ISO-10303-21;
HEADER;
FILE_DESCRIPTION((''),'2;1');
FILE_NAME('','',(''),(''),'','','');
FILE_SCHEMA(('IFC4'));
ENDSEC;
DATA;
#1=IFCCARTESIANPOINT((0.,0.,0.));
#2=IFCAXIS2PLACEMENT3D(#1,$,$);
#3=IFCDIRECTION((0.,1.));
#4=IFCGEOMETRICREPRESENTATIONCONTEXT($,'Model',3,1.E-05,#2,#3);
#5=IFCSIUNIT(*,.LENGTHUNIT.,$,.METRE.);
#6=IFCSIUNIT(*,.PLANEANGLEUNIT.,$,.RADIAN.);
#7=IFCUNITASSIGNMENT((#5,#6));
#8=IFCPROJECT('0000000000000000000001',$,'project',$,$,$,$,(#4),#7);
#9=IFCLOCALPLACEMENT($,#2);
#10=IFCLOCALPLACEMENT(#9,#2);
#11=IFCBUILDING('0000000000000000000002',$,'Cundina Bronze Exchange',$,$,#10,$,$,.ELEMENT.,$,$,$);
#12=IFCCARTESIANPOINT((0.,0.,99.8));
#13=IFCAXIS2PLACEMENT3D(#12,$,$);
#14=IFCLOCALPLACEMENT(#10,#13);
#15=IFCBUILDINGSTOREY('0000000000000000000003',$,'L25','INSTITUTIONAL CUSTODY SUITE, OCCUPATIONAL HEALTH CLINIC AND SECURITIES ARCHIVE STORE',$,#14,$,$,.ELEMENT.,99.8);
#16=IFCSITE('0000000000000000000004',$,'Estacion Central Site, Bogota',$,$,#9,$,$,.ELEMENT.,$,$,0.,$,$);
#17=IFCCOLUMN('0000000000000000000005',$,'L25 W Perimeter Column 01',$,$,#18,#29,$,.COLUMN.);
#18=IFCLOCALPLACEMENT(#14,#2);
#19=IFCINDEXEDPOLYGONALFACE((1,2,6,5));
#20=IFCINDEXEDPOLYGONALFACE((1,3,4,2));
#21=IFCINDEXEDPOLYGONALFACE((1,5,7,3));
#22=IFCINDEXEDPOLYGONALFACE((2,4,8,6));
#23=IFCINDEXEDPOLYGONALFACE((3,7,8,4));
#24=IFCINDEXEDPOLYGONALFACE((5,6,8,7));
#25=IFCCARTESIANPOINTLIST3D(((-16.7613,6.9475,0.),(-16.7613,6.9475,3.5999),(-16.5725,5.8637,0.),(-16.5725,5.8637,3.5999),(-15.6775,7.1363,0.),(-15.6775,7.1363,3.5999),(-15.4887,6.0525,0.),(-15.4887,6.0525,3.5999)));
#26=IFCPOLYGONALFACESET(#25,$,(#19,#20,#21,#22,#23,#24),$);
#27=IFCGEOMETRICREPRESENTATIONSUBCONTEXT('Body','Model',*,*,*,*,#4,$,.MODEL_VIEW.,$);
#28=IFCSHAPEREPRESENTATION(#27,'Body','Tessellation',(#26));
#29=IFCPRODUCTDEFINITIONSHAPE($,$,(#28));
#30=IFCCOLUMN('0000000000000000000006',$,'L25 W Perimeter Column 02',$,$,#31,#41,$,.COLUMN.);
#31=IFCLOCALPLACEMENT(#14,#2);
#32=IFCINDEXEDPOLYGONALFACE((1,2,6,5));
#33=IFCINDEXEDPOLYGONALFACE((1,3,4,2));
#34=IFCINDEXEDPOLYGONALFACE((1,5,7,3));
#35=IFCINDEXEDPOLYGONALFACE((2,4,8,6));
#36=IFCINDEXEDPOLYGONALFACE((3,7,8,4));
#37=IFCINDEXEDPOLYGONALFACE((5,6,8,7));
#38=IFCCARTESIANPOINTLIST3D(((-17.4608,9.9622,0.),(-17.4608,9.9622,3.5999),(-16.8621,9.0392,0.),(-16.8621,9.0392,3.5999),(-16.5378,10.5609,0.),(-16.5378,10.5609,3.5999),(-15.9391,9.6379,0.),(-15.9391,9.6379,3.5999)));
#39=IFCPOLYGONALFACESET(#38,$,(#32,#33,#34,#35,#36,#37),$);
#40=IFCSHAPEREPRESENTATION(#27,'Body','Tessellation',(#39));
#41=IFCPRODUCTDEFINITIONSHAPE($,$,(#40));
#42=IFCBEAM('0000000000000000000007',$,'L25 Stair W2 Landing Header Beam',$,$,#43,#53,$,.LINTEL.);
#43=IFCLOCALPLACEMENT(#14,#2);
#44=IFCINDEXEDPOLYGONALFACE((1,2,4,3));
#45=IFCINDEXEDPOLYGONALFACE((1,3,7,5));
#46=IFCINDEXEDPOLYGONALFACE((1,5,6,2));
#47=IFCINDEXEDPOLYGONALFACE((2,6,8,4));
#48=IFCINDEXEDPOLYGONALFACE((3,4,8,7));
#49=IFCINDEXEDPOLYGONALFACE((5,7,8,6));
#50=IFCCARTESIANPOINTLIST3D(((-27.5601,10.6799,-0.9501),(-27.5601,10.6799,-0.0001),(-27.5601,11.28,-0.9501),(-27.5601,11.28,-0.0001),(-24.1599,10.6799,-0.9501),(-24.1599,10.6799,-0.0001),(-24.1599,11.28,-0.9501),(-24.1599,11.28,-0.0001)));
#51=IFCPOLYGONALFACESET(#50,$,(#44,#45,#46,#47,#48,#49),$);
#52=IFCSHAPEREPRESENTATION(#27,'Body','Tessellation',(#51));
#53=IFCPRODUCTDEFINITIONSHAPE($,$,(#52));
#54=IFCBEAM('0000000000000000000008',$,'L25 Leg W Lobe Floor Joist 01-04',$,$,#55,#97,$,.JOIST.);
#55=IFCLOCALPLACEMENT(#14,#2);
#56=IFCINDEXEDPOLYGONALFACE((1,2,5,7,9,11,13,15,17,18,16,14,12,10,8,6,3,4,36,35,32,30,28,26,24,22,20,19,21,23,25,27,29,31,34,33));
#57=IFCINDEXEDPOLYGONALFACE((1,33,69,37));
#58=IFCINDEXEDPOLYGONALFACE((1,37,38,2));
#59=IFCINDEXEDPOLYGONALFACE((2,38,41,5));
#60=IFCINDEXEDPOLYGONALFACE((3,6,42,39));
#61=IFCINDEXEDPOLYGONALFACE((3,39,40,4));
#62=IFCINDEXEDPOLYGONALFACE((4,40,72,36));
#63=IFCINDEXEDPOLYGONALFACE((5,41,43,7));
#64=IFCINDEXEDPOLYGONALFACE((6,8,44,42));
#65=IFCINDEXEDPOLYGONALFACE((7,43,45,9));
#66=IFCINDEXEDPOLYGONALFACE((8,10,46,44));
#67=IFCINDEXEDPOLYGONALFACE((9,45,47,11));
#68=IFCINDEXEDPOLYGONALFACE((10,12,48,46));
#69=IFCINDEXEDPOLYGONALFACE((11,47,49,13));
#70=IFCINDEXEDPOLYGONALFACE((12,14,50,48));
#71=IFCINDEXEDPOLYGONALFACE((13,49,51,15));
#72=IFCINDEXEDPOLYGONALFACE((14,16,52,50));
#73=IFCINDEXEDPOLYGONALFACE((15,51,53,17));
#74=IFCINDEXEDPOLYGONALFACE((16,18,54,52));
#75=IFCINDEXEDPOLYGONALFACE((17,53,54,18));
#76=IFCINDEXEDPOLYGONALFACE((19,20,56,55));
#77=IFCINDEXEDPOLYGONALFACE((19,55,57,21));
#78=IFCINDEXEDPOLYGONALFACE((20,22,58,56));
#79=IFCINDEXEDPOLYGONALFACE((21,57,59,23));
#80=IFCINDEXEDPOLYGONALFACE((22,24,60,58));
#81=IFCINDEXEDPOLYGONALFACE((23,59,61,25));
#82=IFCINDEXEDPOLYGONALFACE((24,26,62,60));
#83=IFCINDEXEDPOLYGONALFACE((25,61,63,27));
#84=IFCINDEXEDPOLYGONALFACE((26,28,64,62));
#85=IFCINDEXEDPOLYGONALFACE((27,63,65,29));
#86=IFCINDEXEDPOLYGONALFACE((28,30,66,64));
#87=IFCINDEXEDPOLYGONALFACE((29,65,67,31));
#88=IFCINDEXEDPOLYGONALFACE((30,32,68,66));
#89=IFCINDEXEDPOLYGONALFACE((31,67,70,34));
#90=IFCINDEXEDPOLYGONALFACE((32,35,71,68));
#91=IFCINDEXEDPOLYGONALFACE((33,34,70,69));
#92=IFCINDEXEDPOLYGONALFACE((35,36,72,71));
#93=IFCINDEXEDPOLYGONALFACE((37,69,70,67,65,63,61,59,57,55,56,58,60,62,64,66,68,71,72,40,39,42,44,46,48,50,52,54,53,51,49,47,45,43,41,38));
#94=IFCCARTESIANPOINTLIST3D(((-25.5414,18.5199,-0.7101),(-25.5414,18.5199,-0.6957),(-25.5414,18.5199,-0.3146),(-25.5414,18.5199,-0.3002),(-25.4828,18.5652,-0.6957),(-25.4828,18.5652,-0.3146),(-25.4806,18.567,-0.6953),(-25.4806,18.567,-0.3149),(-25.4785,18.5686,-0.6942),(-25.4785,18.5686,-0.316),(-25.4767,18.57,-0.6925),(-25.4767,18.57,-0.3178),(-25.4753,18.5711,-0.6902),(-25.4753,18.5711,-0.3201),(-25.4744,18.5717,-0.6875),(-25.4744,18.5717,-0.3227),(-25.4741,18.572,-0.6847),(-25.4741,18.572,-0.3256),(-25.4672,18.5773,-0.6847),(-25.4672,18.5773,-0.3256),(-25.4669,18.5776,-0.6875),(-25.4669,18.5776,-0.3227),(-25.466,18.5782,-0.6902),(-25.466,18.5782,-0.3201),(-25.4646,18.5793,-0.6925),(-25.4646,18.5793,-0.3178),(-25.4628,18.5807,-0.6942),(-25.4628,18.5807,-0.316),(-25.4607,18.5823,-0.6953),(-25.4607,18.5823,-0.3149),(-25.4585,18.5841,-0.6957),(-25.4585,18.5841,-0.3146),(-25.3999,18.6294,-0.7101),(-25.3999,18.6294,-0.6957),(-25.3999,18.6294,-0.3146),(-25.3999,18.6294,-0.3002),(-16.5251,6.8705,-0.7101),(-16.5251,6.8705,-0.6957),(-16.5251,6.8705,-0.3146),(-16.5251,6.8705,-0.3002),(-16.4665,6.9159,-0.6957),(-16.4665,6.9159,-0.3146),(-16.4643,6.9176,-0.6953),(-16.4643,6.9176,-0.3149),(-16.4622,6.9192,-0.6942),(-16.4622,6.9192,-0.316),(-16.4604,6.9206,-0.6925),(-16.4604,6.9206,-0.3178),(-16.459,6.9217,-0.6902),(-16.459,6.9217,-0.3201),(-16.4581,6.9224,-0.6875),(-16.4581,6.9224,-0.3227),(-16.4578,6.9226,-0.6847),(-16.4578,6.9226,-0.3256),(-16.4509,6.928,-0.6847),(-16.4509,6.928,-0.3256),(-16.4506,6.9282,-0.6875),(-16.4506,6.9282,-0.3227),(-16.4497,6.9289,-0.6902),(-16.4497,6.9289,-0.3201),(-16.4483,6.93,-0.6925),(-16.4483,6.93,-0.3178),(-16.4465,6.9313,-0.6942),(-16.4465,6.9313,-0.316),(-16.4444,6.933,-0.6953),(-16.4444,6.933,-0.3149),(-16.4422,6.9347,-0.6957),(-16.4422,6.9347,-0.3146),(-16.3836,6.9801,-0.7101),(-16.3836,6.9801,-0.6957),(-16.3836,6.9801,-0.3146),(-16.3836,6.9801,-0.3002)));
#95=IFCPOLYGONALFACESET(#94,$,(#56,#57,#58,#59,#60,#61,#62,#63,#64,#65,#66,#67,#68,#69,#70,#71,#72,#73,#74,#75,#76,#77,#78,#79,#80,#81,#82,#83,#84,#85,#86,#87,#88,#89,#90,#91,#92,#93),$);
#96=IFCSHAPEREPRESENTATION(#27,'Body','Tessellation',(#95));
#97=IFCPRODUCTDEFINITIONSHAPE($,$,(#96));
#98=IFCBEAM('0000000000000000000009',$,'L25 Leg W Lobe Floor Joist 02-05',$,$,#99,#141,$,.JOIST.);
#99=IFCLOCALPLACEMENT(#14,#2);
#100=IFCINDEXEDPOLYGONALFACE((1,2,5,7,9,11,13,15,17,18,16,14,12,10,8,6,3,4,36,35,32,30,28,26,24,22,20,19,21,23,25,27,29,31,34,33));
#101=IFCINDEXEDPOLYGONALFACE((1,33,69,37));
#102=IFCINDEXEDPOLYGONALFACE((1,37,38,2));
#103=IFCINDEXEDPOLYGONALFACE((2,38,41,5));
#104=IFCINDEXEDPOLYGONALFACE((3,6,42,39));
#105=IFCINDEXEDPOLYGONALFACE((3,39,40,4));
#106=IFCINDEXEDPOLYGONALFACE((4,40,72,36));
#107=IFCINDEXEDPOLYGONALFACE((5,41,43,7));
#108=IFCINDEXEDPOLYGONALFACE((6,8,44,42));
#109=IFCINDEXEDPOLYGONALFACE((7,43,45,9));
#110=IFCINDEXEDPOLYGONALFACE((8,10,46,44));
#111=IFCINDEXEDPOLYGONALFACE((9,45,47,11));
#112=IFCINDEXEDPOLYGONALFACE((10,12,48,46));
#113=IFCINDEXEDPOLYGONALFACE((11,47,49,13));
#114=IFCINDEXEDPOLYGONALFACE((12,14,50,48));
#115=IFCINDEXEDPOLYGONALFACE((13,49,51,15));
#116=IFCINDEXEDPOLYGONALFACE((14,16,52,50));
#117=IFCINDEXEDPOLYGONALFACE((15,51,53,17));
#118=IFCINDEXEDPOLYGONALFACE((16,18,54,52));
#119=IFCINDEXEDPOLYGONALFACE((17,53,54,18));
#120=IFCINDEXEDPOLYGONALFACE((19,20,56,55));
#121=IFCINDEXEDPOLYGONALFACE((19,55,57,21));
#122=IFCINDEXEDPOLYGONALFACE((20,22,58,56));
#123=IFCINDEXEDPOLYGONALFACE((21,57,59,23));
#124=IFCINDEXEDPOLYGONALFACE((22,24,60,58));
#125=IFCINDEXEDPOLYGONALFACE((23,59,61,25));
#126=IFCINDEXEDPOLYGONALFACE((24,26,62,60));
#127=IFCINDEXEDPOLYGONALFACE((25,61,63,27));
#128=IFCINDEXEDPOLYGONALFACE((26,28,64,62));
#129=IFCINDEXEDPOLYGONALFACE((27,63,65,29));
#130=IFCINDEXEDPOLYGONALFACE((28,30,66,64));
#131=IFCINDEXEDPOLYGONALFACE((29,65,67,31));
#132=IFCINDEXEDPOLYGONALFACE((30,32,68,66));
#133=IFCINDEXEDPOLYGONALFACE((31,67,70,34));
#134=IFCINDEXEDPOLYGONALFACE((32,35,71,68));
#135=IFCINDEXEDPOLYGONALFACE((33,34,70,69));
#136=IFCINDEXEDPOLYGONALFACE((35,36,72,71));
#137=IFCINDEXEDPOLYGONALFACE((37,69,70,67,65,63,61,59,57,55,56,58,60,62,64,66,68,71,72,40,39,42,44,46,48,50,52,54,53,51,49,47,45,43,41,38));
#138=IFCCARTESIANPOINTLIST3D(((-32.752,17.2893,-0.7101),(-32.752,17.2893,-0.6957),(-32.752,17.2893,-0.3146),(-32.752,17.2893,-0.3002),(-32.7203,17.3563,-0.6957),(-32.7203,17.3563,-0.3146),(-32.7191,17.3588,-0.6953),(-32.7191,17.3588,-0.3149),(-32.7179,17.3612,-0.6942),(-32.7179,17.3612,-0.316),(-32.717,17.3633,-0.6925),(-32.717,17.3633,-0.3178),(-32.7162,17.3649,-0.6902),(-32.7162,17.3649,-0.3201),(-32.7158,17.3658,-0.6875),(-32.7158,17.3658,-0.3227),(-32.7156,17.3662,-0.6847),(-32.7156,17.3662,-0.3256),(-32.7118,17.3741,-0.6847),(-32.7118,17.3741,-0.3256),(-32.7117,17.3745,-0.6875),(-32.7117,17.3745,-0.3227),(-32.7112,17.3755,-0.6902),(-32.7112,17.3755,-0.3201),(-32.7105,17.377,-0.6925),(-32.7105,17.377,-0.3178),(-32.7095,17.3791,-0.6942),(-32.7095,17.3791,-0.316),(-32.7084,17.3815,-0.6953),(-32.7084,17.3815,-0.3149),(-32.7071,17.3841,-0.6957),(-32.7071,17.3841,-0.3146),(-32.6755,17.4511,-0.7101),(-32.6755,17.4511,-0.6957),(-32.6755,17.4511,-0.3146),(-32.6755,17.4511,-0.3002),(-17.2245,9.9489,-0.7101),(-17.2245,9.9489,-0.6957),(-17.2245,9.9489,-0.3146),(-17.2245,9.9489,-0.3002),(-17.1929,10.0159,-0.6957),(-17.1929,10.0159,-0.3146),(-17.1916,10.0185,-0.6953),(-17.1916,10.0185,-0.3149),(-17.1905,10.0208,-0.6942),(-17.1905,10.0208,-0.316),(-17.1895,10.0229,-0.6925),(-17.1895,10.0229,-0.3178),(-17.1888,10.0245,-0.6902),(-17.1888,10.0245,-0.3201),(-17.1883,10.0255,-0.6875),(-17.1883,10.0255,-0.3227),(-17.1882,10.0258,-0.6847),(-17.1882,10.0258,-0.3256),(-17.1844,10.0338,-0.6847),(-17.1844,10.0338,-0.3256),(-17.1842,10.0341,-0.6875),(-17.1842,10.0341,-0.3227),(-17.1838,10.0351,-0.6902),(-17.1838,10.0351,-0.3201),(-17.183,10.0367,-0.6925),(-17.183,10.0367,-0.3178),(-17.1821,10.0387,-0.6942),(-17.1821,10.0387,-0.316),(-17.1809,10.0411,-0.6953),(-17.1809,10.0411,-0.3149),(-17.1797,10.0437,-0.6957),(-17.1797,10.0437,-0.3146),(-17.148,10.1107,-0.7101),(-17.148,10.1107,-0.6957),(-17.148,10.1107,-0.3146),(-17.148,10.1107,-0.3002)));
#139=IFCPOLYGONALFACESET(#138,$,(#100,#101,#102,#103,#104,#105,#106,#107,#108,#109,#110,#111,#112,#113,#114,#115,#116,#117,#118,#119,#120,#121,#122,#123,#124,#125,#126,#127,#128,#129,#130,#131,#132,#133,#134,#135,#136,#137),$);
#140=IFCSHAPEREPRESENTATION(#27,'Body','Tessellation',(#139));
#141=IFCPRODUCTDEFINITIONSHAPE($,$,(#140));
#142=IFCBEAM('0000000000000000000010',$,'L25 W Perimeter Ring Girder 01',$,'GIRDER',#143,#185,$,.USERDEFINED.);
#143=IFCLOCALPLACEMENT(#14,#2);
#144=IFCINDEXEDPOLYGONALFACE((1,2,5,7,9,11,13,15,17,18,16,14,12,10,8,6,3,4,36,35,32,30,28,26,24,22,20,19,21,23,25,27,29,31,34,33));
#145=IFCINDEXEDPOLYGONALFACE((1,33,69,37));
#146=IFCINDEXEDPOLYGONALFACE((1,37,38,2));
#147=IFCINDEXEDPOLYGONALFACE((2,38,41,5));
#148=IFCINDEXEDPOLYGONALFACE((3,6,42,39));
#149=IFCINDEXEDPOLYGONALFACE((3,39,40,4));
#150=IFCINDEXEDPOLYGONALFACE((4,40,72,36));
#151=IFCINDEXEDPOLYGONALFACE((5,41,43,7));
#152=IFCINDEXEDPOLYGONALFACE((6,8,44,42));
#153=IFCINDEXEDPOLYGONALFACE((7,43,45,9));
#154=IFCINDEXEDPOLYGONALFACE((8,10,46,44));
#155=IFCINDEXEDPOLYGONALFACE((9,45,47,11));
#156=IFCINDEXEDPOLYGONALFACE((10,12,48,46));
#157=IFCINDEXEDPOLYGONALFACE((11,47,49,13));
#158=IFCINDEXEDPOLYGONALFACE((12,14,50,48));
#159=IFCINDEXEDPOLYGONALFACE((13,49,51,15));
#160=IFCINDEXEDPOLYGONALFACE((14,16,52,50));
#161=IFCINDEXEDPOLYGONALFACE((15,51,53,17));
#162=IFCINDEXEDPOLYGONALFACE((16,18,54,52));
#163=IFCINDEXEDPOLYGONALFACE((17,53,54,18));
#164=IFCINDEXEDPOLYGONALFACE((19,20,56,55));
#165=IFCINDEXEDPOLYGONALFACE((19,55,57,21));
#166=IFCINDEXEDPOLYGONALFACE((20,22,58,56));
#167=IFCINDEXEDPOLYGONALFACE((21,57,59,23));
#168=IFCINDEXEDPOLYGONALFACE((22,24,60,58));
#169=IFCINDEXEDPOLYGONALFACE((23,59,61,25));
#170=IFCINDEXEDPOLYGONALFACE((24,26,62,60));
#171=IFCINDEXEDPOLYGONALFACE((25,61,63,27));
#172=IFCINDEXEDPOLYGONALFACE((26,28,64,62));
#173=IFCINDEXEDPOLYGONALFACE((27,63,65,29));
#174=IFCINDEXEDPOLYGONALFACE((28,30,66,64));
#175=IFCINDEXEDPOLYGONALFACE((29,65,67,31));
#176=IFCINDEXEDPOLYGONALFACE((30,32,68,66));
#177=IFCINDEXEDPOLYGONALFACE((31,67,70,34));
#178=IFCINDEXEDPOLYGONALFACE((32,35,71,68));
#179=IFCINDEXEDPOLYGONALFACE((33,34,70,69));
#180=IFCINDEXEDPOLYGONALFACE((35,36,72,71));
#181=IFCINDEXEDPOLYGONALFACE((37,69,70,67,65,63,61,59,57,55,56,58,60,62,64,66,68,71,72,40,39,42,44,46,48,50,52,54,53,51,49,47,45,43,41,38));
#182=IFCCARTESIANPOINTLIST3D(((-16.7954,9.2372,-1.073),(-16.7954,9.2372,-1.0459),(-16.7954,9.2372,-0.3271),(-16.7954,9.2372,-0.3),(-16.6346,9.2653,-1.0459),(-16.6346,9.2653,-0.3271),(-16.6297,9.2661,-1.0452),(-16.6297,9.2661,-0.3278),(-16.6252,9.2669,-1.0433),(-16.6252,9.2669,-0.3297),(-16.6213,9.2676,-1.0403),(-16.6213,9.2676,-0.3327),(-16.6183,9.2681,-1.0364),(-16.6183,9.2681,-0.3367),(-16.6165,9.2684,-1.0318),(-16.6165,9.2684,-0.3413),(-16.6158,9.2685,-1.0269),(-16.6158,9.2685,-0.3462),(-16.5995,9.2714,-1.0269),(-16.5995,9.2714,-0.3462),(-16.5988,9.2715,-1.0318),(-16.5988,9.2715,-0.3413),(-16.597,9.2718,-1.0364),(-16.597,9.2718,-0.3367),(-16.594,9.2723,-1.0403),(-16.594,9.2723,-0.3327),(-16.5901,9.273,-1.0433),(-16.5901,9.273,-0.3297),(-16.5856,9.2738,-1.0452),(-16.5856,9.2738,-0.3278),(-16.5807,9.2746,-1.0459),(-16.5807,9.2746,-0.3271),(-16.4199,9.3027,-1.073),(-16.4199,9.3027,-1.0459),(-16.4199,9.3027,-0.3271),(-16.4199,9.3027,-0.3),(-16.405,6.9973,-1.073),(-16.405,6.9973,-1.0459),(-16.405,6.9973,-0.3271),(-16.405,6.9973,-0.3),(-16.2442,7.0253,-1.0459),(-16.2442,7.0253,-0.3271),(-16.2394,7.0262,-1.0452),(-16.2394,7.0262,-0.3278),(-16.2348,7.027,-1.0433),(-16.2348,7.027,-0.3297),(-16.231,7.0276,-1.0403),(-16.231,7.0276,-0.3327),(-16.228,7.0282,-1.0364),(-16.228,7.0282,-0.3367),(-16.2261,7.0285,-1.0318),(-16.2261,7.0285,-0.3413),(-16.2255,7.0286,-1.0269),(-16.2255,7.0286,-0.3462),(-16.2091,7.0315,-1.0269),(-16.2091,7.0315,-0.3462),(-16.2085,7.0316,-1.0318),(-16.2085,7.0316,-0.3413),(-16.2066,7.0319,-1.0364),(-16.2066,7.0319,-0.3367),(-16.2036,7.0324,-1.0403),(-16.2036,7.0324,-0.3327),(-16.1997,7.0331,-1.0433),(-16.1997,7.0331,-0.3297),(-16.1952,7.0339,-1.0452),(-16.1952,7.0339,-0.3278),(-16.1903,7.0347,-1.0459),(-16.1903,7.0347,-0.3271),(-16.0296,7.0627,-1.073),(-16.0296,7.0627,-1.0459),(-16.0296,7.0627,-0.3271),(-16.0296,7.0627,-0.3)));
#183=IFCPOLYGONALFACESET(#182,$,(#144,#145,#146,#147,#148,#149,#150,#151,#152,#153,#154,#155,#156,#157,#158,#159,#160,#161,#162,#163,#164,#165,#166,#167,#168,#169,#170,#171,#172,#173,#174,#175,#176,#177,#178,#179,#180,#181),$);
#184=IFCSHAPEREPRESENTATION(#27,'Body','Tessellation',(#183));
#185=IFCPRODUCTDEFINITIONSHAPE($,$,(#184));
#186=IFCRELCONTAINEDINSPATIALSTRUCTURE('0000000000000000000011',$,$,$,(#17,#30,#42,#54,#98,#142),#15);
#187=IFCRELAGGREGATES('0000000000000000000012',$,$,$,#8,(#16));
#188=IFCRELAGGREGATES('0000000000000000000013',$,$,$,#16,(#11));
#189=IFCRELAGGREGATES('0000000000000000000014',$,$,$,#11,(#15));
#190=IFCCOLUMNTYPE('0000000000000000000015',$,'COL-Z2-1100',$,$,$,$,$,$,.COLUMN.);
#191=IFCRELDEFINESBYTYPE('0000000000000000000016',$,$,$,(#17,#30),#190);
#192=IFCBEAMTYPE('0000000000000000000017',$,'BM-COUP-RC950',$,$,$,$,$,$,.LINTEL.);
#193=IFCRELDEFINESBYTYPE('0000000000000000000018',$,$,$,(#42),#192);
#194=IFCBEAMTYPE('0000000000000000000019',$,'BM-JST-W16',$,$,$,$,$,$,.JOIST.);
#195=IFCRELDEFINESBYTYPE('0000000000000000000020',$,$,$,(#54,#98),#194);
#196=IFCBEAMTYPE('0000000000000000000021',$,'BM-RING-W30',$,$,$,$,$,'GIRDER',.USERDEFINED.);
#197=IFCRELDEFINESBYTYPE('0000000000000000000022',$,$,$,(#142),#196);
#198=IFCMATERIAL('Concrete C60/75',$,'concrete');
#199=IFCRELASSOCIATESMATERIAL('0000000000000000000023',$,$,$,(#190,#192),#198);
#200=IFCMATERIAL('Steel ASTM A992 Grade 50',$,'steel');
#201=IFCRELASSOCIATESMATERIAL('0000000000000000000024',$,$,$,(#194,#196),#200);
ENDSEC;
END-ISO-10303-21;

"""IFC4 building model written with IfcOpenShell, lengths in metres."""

from ifc_helpers import new_model, si_unit, direction, frame, origin, origin_2d, place, context, subcontext, project, spatial, rectangle, i_section, extrude, material, material_profile, profile_set, type_object, element, save


model = new_model("IFC4")

# Units and contexts
model_context = context("Model", 3, precision=1e-05, world=origin(), true_north=direction((0.0, 1.0)))
body_context = subcontext(model_context, "Body", "Model", "MODEL_VIEW")
ifc_project = project(units=[si_unit("LENGTHUNIT", "METRE"), si_unit("PLANEANGLEUNIT", "RADIAN")], contexts=[model_context])

# Site, building, storey
site_placement = place(None, origin())
site = spatial("IfcSite", under=ifc_project, at=site_placement, Name="Estacion Central Site, Bogota", CompositionType="ELEMENT", RefElevation=0.0)
building_placement = place(site_placement, origin())
building = spatial("IfcBuilding", under=site, at=building_placement, Name="Cundina Bronze Exchange", CompositionType="ELEMENT")
storey_placement = place(building_placement, frame((0.0, 0.0, 99.8)))
storey = spatial("IfcBuildingStorey", under=building, at=storey_placement, Name="L25", Description="INSTITUTIONAL CUSTODY SUITE, OCCUPATIONAL HEALTH CLINIC AND SECURITIES ARCHIVE STORE", CompositionType="ELEMENT", Elevation=99.8)

# Columns
ifc_material_1 = material(Name="Concrete C60/75", Category="concrete")
ifc_material_profile_1 = material_profile(ifc_material_1, rectangle(XDim=1.1001, YDim=1.1001, at=origin_2d()), Name="RC1100X1100", Category="concrete")
ifc_profile_set_1 = profile_set([ifc_material_profile_1], Name="Concrete C60/75")
column_type = type_object("IfcColumnType", Name="COL-Z2-1100", PredefinedType="COLUMN", material=ifc_profile_set_1)
for number, where, z_axis, x_axis, name in (
    (1, (-16.125, 6.5, 0.0), (0.0, 0.0, 1.0), (-0.171585, 0.985169, 0.0), "L25 W Perimeter Column 01"),
    (2, (-16.7, 9.8, 0.0), (0.0, 0.0, 1.0), (-0.5442, 0.838956, 0.0), "L25 W Perimeter Column 02"),
):
    element("IfcColumn", number, at=place(storey_placement, frame(where, z_axis=z_axis, x_axis=x_axis)), inside=storey, type_object=column_type, Name=name, PredefinedType="COLUMN", context=body_context, shape_type="SweptSolid", body=[
        extrude(rectangle(XDim=1.1001, YDim=1.1001, at=origin_2d()), origin(), (0.0, 0.0, 1.0), 3.5999),
    ])

# Beams
ifc_material_profile_2 = material_profile(ifc_material_1, rectangle(XDim=0.6001, YDim=0.95, at=origin_2d()), Name="RC600X950", Category="concrete")
ifc_profile_set_2 = profile_set([ifc_material_profile_2], Name="Concrete C60/75")
beam_type_1 = type_object("IfcBeamType", Name="BM-COUP-RC950", PredefinedType="LINTEL", material=ifc_profile_set_2)
beam_1_placement = place(storey_placement, frame((-27.5601, 10.98, -0.4751), z_axis=(1.0, 0.0, 0.0), x_axis=(0.0, 1.0, 0.0)))
element("IfcBeam", 3, at=beam_1_placement, inside=storey, type_object=beam_type_1, Name="L25 Stair W2 Landing Header Beam", PredefinedType="LINTEL", context=body_context, shape_type="SweptSolid", body=[
    extrude(rectangle(XDim=0.6001, YDim=0.95, at=origin_2d()), origin(), (0.0, 0.0, 1.0), 3.4001),
])
ifc_material_2 = material(Name="Steel ASTM A992 Grade 50", Category="steel")
ifc_material_profile_3 = material_profile(ifc_material_2, i_section(OverallWidth=0.179, OverallDepth=0.4099, WebThickness=0.0088, FlangeThickness=0.0144, FilletRadius=0.011, at=origin_2d()), Name="W16X45", Category="steel")
ifc_profile_set_3 = profile_set([ifc_material_profile_3], Name="Steel ASTM A992 Grade 50")
beam_type_2 = type_object("IfcBeamType", Name="BM-JST-W16", PredefinedType="JOIST", material=ifc_profile_set_3)
beam_2_placement = place(storey_placement, frame((-16.4543, 6.9253, -0.5051), z_axis=(-0.612065, 0.790807, 0.0), x_axis=(-0.790807, -0.612065, 0.0)))
element("IfcBeam", 4, at=beam_2_placement, inside=storey, type_object=beam_type_2, Name="L25 Leg W Lobe Floor Joist 01-04", PredefinedType="JOIST", context=body_context, shape_type="SweptSolid", body=[
    extrude(i_section(OverallWidth=0.179, OverallDepth=0.4099, WebThickness=0.0088, FlangeThickness=0.0144, FilletRadius=0.011, at=origin_2d()), origin(), (0.0, 0.0, 1.0), 14.731),
])
beam_3_placement = place(storey_placement, frame((-17.1863, 10.0298, -0.5051), z_axis=(-0.904069, 0.427386, 0.0), x_axis=(-0.427386, -0.904069, 0.0)))
element("IfcBeam", 5, at=beam_3_placement, inside=storey, type_object=beam_type_2, Name="L25 Leg W Lobe Floor Joist 02-05", PredefinedType="JOIST", context=body_context, shape_type="SweptSolid", body=[
    extrude(i_section(OverallWidth=0.179, OverallDepth=0.4099, WebThickness=0.0088, FlangeThickness=0.0144, FilletRadius=0.011, at=origin_2d()), origin(), (0.0, 0.0, 1.0), 17.175),
])
ifc_material_profile_4 = material_profile(ifc_material_2, i_section(OverallWidth=0.3811, OverallDepth=0.7729, WebThickness=0.0166, FlangeThickness=0.0271, FilletRadius=0.019, at=origin_2d()), Name="W30X173", Category="steel")
ifc_profile_set_4 = profile_set([ifc_material_profile_4], Name="Steel ASTM A992 Grade 50")
beam_type_3 = type_object("IfcBeamType", Name="BM-RING-W30", ElementType="GIRDER", PredefinedType="USERDEFINED", material=ifc_profile_set_4)
beam_4_placement = place(storey_placement, frame((-16.2173, 7.03, -0.6865), z_axis=(-0.17169, 0.985151, 0.0), x_axis=(-0.985151, -0.17169, 0.0)))
element("IfcBeam", 6, at=beam_4_placement, inside=storey, type_object=beam_type_3, Name="L25 W Perimeter Ring Girder 01", ObjectType="GIRDER", PredefinedType="USERDEFINED", context=body_context, shape_type="SweptSolid", body=[
    extrude(i_section(OverallWidth=0.3811, OverallDepth=0.7729, WebThickness=0.0166, FlangeThickness=0.0271, FilletRadius=0.019, at=origin_2d()), origin(), (0.0, 0.0, 1.0), 2.2737),
])

save(model, "model.ifc")
